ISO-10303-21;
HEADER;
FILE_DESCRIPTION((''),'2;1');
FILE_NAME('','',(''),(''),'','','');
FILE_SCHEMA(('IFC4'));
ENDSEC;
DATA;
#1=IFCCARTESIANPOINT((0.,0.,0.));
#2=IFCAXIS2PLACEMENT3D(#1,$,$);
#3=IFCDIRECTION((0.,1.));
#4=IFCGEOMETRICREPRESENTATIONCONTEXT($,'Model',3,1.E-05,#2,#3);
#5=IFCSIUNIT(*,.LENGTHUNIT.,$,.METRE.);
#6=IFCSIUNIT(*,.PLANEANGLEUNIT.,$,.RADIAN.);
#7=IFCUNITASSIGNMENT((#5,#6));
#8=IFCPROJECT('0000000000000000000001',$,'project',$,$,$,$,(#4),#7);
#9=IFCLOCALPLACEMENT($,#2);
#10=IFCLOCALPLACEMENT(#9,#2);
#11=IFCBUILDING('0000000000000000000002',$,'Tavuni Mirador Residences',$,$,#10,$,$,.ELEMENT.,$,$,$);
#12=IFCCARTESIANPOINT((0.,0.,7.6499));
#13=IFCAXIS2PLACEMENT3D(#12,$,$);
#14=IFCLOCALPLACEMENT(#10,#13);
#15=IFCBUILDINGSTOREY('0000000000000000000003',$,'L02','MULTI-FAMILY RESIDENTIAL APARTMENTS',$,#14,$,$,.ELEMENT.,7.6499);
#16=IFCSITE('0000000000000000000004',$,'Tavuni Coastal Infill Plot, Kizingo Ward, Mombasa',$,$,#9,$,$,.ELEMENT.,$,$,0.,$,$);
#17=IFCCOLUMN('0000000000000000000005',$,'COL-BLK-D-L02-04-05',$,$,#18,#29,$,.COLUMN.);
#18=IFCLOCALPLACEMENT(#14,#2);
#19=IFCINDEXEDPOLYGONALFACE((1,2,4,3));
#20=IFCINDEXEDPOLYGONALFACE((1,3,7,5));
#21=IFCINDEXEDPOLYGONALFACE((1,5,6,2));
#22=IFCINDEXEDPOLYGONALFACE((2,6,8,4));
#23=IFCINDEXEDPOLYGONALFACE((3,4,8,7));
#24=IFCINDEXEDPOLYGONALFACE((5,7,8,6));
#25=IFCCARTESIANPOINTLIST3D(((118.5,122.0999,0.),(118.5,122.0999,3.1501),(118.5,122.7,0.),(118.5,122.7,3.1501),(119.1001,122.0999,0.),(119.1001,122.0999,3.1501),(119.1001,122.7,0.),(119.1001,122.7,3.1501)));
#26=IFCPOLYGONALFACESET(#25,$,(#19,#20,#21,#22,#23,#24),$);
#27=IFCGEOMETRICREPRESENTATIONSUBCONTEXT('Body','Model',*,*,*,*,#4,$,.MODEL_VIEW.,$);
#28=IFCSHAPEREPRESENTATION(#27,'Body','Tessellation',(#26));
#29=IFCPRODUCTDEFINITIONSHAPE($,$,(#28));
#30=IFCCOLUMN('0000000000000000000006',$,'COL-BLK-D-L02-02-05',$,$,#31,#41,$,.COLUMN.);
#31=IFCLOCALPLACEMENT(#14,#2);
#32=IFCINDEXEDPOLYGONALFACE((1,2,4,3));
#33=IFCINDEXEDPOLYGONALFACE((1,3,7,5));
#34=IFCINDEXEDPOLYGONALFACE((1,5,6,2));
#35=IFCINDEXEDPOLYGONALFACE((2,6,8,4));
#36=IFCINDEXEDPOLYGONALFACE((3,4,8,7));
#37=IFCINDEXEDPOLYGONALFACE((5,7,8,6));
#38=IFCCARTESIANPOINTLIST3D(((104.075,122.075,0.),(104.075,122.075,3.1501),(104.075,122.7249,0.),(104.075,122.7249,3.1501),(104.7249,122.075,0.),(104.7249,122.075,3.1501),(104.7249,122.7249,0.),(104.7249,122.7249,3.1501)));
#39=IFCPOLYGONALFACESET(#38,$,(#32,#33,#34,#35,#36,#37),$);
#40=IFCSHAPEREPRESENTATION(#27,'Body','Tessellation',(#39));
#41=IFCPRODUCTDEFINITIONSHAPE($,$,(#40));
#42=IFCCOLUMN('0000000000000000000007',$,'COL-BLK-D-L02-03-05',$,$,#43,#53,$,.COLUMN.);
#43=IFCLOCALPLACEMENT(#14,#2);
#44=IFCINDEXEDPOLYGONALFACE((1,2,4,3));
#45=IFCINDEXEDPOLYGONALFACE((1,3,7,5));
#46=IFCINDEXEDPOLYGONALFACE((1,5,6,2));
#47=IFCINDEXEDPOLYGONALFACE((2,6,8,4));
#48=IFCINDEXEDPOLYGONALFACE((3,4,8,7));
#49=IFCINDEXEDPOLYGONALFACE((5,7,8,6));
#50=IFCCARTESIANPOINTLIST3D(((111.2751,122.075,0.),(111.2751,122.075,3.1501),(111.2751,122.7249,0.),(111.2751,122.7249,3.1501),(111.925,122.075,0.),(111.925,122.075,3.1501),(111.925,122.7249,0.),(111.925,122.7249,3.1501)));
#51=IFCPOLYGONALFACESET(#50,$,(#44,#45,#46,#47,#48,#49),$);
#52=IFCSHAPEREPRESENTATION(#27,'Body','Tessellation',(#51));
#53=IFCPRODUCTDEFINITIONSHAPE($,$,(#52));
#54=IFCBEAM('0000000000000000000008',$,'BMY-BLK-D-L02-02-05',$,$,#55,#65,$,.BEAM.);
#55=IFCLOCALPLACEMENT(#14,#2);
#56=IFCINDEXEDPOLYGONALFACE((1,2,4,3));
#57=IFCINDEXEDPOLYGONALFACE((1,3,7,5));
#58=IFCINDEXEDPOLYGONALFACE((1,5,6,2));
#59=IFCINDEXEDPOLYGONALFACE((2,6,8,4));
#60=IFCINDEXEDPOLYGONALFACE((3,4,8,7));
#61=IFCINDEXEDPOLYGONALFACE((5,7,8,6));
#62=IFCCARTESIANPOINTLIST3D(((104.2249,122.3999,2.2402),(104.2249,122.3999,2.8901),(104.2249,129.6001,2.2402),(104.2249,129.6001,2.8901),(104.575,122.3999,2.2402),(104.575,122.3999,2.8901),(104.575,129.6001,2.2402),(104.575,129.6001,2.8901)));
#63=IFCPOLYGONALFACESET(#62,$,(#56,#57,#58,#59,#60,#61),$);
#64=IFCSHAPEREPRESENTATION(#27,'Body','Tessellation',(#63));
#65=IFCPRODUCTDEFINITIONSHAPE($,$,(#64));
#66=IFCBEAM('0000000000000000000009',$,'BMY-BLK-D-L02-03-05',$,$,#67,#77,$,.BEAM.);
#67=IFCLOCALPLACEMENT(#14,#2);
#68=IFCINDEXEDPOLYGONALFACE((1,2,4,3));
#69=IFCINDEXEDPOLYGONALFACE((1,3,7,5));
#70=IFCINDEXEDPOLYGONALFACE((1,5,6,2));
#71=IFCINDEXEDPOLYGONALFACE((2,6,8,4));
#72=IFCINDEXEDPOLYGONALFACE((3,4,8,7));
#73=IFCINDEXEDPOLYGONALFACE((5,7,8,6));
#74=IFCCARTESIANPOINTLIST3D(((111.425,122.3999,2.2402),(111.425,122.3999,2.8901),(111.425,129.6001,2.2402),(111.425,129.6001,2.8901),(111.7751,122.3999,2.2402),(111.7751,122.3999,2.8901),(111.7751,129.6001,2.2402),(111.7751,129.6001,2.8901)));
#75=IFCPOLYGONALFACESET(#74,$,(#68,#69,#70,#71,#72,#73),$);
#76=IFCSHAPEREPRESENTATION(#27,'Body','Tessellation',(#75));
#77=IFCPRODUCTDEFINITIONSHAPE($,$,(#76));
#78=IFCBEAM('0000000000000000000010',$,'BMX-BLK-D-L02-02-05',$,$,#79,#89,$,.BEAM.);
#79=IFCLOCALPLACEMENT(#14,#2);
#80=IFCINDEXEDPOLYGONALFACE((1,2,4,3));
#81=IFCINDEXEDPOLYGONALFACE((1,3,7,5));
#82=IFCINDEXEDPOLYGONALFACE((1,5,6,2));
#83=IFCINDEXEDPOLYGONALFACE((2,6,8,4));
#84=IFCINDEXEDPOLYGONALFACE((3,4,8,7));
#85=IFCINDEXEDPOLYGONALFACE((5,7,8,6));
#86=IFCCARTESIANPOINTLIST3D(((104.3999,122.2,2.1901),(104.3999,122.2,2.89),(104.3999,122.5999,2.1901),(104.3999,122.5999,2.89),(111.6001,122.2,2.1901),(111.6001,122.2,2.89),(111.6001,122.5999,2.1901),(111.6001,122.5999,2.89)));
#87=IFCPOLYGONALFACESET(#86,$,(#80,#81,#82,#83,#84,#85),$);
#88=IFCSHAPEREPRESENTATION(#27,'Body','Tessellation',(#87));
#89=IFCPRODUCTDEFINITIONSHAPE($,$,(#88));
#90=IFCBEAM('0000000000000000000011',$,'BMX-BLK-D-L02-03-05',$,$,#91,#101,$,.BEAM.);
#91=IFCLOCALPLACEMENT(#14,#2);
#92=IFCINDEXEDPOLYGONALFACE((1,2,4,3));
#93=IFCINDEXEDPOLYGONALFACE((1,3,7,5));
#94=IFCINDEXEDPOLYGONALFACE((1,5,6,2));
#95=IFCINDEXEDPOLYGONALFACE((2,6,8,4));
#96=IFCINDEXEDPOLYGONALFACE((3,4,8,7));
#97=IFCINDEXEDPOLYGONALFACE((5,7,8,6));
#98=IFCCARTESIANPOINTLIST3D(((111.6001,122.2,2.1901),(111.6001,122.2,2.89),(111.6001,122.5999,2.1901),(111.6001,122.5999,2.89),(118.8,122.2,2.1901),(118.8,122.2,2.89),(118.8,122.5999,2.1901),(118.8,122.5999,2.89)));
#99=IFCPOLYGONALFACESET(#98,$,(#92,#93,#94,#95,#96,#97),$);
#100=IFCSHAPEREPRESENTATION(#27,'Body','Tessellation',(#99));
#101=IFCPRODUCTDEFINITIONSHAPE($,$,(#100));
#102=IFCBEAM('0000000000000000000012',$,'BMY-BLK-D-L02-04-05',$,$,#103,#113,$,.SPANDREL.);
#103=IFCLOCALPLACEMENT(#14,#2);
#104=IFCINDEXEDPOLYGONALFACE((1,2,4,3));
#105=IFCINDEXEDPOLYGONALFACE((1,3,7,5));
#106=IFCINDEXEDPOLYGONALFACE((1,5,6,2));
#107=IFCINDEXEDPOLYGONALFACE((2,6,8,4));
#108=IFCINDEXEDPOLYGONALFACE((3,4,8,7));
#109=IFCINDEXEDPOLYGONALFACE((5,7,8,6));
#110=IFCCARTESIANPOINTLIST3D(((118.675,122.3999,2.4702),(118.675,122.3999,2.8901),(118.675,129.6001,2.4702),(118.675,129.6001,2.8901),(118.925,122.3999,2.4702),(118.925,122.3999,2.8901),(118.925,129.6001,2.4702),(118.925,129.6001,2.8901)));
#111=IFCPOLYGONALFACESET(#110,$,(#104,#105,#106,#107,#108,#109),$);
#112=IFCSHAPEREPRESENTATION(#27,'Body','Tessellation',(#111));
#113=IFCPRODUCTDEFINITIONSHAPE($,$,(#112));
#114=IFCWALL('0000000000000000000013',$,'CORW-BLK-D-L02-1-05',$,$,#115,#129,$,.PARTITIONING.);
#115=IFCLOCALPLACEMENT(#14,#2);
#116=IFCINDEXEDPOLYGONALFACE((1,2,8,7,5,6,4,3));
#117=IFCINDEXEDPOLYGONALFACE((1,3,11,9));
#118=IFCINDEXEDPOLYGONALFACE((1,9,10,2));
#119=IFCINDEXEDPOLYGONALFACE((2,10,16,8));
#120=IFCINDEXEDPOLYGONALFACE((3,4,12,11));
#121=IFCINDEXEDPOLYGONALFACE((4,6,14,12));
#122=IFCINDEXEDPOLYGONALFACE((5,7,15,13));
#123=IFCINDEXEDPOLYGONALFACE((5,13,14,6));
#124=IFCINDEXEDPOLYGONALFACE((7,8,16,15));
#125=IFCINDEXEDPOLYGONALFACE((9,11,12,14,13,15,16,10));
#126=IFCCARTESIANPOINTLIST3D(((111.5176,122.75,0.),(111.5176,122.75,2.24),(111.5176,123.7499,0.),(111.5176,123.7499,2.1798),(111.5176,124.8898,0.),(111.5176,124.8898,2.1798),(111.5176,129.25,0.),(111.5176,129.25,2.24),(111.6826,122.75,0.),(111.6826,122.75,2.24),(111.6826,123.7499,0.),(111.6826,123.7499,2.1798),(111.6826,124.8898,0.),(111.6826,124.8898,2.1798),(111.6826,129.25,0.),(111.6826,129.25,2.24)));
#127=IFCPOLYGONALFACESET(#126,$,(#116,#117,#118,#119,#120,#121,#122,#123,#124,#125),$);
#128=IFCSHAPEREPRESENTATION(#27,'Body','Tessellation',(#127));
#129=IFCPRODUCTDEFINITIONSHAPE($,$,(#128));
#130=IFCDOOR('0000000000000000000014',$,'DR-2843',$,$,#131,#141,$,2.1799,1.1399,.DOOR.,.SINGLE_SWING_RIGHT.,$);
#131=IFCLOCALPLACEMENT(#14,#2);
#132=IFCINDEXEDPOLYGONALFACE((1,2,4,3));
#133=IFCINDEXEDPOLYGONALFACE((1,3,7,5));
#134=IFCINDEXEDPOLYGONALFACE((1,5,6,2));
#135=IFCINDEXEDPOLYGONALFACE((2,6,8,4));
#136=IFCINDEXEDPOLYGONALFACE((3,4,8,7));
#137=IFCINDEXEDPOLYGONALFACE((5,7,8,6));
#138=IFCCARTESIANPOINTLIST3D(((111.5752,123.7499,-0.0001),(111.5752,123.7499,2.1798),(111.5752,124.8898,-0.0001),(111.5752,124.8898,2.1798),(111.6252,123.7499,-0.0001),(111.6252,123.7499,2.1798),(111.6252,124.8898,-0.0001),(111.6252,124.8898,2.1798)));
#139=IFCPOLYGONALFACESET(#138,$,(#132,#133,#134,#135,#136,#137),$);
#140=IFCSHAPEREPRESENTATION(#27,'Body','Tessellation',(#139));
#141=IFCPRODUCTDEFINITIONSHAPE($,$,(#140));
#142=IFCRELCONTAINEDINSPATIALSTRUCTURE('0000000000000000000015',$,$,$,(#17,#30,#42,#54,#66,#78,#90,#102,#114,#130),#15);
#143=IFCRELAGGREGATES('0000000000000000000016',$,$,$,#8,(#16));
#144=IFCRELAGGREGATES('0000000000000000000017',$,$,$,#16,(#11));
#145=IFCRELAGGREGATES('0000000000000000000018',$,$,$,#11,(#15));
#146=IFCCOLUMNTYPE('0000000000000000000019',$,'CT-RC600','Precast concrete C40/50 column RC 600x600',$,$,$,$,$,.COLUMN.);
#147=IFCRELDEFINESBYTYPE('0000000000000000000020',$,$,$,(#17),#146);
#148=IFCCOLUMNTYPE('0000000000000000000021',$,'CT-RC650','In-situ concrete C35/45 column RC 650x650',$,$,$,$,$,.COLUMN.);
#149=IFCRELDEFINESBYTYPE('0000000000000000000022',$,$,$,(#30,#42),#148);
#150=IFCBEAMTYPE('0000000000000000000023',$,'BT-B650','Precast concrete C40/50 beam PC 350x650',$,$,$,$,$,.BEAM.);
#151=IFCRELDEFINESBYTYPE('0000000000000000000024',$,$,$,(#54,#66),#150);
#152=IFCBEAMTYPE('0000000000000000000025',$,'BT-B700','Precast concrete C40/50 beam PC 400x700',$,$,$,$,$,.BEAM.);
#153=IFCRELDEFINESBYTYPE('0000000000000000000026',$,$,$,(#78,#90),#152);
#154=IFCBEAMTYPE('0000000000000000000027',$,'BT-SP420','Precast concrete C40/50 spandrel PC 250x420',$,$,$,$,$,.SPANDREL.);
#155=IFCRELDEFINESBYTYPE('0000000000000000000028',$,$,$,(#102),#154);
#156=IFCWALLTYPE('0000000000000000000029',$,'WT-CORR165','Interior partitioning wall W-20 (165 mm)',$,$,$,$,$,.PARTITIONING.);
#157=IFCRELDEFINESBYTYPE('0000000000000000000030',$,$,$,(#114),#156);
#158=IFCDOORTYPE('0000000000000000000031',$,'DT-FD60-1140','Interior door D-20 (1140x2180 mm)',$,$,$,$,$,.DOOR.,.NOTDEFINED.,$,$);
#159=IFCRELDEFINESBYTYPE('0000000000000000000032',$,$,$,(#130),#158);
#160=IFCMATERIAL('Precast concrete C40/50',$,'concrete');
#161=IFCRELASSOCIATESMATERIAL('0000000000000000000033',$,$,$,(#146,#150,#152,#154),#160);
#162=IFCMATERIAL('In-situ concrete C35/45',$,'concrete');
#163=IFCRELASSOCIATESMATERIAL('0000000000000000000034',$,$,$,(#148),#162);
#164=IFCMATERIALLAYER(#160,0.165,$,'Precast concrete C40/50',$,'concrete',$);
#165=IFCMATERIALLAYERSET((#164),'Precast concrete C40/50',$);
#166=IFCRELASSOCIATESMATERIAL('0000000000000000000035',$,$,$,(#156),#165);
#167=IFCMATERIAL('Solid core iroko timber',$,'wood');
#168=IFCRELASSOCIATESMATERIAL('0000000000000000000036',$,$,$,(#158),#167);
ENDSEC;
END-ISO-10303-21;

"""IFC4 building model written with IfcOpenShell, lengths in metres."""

from ifc_helpers import new_model, si_unit, direction, frame, frame_2d, origin, origin_2d, place, context, subcontext, project, spatial, rectangle, extrude, material, layer, layer_set, material_profile, profile_set, type_object, element, fill, save


model = new_model("IFC4")

# Units and contexts
model_context = context("Model", 3, precision=1e-05, world=origin(), true_north=direction((0.0, 1.0)))
body_context = subcontext(model_context, "Body", "Model", "MODEL_VIEW")
ifc_project = project(units=[si_unit("LENGTHUNIT", "METRE"), si_unit("PLANEANGLEUNIT", "RADIAN")], contexts=[model_context])

# Site, building, storey
site_placement = place(None, origin())
site = spatial("IfcSite", under=ifc_project, at=site_placement, Name="Tavuni Coastal Infill Plot, Kizingo Ward, Mombasa", CompositionType="ELEMENT", RefElevation=0.0)
building_placement = place(site_placement, origin())
building = spatial("IfcBuilding", under=site, at=building_placement, Name="Tavuni Mirador Residences", CompositionType="ELEMENT")
storey_placement = place(building_placement, frame((0.0, 0.0, 7.6499)))
storey = spatial("IfcBuildingStorey", under=building, at=storey_placement, Name="L02", Description="MULTI-FAMILY RESIDENTIAL APARTMENTS", CompositionType="ELEMENT", Elevation=7.6499)

# Columns
ifc_material_1 = material(Name="Precast concrete C40/50", Category="concrete")
ifc_material_profile_1 = material_profile(ifc_material_1, rectangle(XDim=0.6001, YDim=0.6001, at=origin_2d()), Name="RC 600x600", Category="concrete")
ifc_profile_set_1 = profile_set([ifc_material_profile_1], Name="Precast concrete C40/50")
column_type_1 = type_object("IfcColumnType", Name="CT-RC600", Description="Precast concrete C40/50 column RC 600x600", PredefinedType="COLUMN", material=ifc_profile_set_1)
column_placement = place(storey_placement, frame((118.8, 122.3999, 0.0), z_axis=(0.0, 0.0, 1.0), x_axis=(1.0, 0.0, 0.0)))
element("IfcColumn", 1, at=column_placement, inside=storey, type_object=column_type_1, Name="COL-BLK-D-L02-04-05", PredefinedType="COLUMN", context=body_context, shape_type="SweptSolid", body=[
    extrude(rectangle(XDim=0.6001, YDim=0.6001, at=origin_2d()), origin(), (0.0, 0.0, 1.0), 3.1501),
])
ifc_material_2 = material(Name="In-situ concrete C35/45", Category="concrete")
ifc_material_profile_2 = material_profile(ifc_material_2, rectangle(XDim=0.6499, YDim=0.6499, at=origin_2d()), Name="RC 650x650", Category="concrete")
ifc_profile_set_2 = profile_set([ifc_material_profile_2], Name="In-situ concrete C35/45")
column_type_2 = type_object("IfcColumnType", Name="CT-RC650", Description="In-situ concrete C35/45 column RC 650x650", PredefinedType="COLUMN", material=ifc_profile_set_2)
for number, where, z_axis, x_axis, name in (
    (2, (104.3999, 122.3999, 0.0), (0.0, 0.0, 1.0), (1.0, 0.0, 0.0), "COL-BLK-D-L02-02-05"),
    (3, (111.6001, 122.3999, 0.0), (0.0, 0.0, 1.0), (1.0, 0.0, 0.0), "COL-BLK-D-L02-03-05"),
):
    element("IfcColumn", number, at=place(storey_placement, frame(where, z_axis=z_axis, x_axis=x_axis)), inside=storey, type_object=column_type_2, Name=name, PredefinedType="COLUMN", context=body_context, shape_type="SweptSolid", body=[
        extrude(rectangle(XDim=0.6499, YDim=0.6499, at=origin_2d()), origin(), (0.0, 0.0, 1.0), 3.1501),
    ])

# Beams
ifc_material_profile_3 = material_profile(ifc_material_1, rectangle(XDim=0.3501, YDim=0.6499, at=origin_2d()), Name="PC 350x650", Category="concrete")
ifc_profile_set_3 = profile_set([ifc_material_profile_3], Name="Precast concrete C40/50")
beam_type_1 = type_object("IfcBeamType", Name="BT-B650", Description="Precast concrete C40/50 beam PC 350x650", PredefinedType="BEAM", material=ifc_profile_set_3)
for number, where, z_axis, x_axis, name in (
    (4, (104.3999, 122.3999, 2.5652), (0.0, 1.0, 0.0), (-1.0, 0.0, 0.0), "BMY-BLK-D-L02-02-05"),
    (5, (111.6001, 122.3999, 2.5652), (0.0, 1.0, 0.0), (-1.0, 0.0, 0.0), "BMY-BLK-D-L02-03-05"),
):
    element("IfcBeam", number, at=place(storey_placement, frame(where, z_axis=z_axis, x_axis=x_axis)), inside=storey, type_object=beam_type_1, Name=name, PredefinedType="BEAM", context=body_context, shape_type="SweptSolid", body=[
        extrude(rectangle(XDim=0.3501, YDim=0.6499, at=origin_2d()), origin(), (0.0, 0.0, 1.0), 7.2002),
    ])
ifc_material_profile_4 = material_profile(ifc_material_1, rectangle(XDim=0.3999, YDim=0.7, at=origin_2d()), Name="PC 400x700", Category="concrete")
ifc_profile_set_4 = profile_set([ifc_material_profile_4], Name="Precast concrete C40/50")
beam_type_2 = type_object("IfcBeamType", Name="BT-B700", Description="Precast concrete C40/50 beam PC 400x700", PredefinedType="BEAM", material=ifc_profile_set_4)
beam_1_placement = place(storey_placement, frame((104.3999, 122.3999, 2.54), z_axis=(1.0, 0.0, 0.0), x_axis=(0.0, 1.0, 0.0)))
element("IfcBeam", 6, at=beam_1_placement, inside=storey, type_object=beam_type_2, Name="BMX-BLK-D-L02-02-05", PredefinedType="BEAM", context=body_context, shape_type="SweptSolid", body=[
    extrude(rectangle(XDim=0.3999, YDim=0.7, at=origin_2d()), origin(), (0.0, 0.0, 1.0), 7.2002),
])
beam_2_placement = place(storey_placement, frame((111.6001, 122.3999, 2.54), z_axis=(1.0, 0.0, 0.0), x_axis=(0.0, 1.0, 0.0)))
element("IfcBeam", 7, at=beam_2_placement, inside=storey, type_object=beam_type_2, Name="BMX-BLK-D-L02-03-05", PredefinedType="BEAM", context=body_context, shape_type="SweptSolid", body=[
    extrude(rectangle(XDim=0.3999, YDim=0.7, at=origin_2d()), origin(), (0.0, 0.0, 1.0), 7.2),
])
ifc_material_profile_5 = material_profile(ifc_material_1, rectangle(XDim=0.25, YDim=0.4199, at=origin_2d()), Name="PC 250x420", Category="concrete")
ifc_profile_set_5 = profile_set([ifc_material_profile_5], Name="Precast concrete C40/50")
beam_type_3 = type_object("IfcBeamType", Name="BT-SP420", Description="Precast concrete C40/50 spandrel PC 250x420", PredefinedType="SPANDREL", material=ifc_profile_set_5)
beam_3_placement = place(storey_placement, frame((118.8, 122.3999, 2.6802), z_axis=(0.0, 1.0, 0.0), x_axis=(-1.0, 0.0, 0.0)))
element("IfcBeam", 8, at=beam_3_placement, inside=storey, type_object=beam_type_3, Name="BMY-BLK-D-L02-04-05", PredefinedType="SPANDREL", context=body_context, shape_type="SweptSolid", body=[
    extrude(rectangle(XDim=0.25, YDim=0.4199, at=origin_2d()), origin(), (0.0, 0.0, 1.0), 7.2002),
])

# Wall, opening, door
ifc_layer_1 = layer(ifc_material_1, 0.165, Name="Precast concrete C40/50", Category="concrete")
ifc_layer_set_1 = layer_set([ifc_layer_1], Name="Precast concrete C40/50")
wall_type_1 = type_object("IfcWallType", Name="WT-CORR165", Description="Interior partitioning wall W-20 (165 mm)", PredefinedType="PARTITIONING", material=ifc_layer_set_1)
wall_1_placement = place(storey_placement, frame((111.6001, 122.75, 0.0), z_axis=(0.0, 0.0, 1.0), x_axis=(0.0, 1.0, 0.0)))
wall_1 = element("IfcWall", 9, at=wall_1_placement, inside=storey, type_object=wall_type_1, Name="CORW-BLK-D-L02-1-05", PredefinedType="PARTITIONING", context=body_context, shape_type="SweptSolid", body=[
    extrude(rectangle(XDim=6.5, YDim=0.165, at=frame_2d((3.25, 0.0))), origin(), (0.0, 0.0, 1.0), 2.24),
])
opening_1_placement = place(wall_1_placement, frame((1.0, 0.0, 0.0)))
opening_1 = element("IfcOpeningElement", 10, at=opening_1_placement, cuts=wall_1, PredefinedType="OPENING", context=body_context, shape_type="SweptSolid", body=[
    extrude(rectangle(XDim=1.1399, YDim=2.1799, at=frame_2d((0.5698, 1.0898))), frame((0.0, 0.0925, 0.0), z_axis=(0.0, -1.0, 0.0), x_axis=(1.0, 0.0, 0.0)), (0.0, 0.0, 1.0), 0.1851),
])
ifc_material_3 = material(Name="Solid core iroko timber", Category="wood")
door_type_1 = type_object("IfcDoorType", Name="DT-FD60-1140", Description="Interior door D-20 (1140x2180 mm)", OperationType="NOTDEFINED", PredefinedType="DOOR", material=ifc_material_3)
door_1_placement = place(opening_1_placement, origin())
door_1 = element("IfcDoor", 11, at=door_1_placement, inside=storey, type_object=door_type_1, Name="DR-2843", OperationType="SINGLE_SWING_RIGHT", OverallHeight=2.1799, OverallWidth=1.1399, PredefinedType="DOOR", context=body_context, shape_type="SweptSolid", body=[
    extrude(rectangle(XDim=1.1399, YDim=2.1799, at=frame_2d((0.5698, 1.0898))), frame((0.0, 0.0249, 0.0), z_axis=(0.0, -1.0, 0.0), x_axis=(1.0, 0.0, 0.0)), (0.0, 0.0, 1.0), 0.05),
])
fill(opening_1, door_1)

save(model, "model.ifc")
